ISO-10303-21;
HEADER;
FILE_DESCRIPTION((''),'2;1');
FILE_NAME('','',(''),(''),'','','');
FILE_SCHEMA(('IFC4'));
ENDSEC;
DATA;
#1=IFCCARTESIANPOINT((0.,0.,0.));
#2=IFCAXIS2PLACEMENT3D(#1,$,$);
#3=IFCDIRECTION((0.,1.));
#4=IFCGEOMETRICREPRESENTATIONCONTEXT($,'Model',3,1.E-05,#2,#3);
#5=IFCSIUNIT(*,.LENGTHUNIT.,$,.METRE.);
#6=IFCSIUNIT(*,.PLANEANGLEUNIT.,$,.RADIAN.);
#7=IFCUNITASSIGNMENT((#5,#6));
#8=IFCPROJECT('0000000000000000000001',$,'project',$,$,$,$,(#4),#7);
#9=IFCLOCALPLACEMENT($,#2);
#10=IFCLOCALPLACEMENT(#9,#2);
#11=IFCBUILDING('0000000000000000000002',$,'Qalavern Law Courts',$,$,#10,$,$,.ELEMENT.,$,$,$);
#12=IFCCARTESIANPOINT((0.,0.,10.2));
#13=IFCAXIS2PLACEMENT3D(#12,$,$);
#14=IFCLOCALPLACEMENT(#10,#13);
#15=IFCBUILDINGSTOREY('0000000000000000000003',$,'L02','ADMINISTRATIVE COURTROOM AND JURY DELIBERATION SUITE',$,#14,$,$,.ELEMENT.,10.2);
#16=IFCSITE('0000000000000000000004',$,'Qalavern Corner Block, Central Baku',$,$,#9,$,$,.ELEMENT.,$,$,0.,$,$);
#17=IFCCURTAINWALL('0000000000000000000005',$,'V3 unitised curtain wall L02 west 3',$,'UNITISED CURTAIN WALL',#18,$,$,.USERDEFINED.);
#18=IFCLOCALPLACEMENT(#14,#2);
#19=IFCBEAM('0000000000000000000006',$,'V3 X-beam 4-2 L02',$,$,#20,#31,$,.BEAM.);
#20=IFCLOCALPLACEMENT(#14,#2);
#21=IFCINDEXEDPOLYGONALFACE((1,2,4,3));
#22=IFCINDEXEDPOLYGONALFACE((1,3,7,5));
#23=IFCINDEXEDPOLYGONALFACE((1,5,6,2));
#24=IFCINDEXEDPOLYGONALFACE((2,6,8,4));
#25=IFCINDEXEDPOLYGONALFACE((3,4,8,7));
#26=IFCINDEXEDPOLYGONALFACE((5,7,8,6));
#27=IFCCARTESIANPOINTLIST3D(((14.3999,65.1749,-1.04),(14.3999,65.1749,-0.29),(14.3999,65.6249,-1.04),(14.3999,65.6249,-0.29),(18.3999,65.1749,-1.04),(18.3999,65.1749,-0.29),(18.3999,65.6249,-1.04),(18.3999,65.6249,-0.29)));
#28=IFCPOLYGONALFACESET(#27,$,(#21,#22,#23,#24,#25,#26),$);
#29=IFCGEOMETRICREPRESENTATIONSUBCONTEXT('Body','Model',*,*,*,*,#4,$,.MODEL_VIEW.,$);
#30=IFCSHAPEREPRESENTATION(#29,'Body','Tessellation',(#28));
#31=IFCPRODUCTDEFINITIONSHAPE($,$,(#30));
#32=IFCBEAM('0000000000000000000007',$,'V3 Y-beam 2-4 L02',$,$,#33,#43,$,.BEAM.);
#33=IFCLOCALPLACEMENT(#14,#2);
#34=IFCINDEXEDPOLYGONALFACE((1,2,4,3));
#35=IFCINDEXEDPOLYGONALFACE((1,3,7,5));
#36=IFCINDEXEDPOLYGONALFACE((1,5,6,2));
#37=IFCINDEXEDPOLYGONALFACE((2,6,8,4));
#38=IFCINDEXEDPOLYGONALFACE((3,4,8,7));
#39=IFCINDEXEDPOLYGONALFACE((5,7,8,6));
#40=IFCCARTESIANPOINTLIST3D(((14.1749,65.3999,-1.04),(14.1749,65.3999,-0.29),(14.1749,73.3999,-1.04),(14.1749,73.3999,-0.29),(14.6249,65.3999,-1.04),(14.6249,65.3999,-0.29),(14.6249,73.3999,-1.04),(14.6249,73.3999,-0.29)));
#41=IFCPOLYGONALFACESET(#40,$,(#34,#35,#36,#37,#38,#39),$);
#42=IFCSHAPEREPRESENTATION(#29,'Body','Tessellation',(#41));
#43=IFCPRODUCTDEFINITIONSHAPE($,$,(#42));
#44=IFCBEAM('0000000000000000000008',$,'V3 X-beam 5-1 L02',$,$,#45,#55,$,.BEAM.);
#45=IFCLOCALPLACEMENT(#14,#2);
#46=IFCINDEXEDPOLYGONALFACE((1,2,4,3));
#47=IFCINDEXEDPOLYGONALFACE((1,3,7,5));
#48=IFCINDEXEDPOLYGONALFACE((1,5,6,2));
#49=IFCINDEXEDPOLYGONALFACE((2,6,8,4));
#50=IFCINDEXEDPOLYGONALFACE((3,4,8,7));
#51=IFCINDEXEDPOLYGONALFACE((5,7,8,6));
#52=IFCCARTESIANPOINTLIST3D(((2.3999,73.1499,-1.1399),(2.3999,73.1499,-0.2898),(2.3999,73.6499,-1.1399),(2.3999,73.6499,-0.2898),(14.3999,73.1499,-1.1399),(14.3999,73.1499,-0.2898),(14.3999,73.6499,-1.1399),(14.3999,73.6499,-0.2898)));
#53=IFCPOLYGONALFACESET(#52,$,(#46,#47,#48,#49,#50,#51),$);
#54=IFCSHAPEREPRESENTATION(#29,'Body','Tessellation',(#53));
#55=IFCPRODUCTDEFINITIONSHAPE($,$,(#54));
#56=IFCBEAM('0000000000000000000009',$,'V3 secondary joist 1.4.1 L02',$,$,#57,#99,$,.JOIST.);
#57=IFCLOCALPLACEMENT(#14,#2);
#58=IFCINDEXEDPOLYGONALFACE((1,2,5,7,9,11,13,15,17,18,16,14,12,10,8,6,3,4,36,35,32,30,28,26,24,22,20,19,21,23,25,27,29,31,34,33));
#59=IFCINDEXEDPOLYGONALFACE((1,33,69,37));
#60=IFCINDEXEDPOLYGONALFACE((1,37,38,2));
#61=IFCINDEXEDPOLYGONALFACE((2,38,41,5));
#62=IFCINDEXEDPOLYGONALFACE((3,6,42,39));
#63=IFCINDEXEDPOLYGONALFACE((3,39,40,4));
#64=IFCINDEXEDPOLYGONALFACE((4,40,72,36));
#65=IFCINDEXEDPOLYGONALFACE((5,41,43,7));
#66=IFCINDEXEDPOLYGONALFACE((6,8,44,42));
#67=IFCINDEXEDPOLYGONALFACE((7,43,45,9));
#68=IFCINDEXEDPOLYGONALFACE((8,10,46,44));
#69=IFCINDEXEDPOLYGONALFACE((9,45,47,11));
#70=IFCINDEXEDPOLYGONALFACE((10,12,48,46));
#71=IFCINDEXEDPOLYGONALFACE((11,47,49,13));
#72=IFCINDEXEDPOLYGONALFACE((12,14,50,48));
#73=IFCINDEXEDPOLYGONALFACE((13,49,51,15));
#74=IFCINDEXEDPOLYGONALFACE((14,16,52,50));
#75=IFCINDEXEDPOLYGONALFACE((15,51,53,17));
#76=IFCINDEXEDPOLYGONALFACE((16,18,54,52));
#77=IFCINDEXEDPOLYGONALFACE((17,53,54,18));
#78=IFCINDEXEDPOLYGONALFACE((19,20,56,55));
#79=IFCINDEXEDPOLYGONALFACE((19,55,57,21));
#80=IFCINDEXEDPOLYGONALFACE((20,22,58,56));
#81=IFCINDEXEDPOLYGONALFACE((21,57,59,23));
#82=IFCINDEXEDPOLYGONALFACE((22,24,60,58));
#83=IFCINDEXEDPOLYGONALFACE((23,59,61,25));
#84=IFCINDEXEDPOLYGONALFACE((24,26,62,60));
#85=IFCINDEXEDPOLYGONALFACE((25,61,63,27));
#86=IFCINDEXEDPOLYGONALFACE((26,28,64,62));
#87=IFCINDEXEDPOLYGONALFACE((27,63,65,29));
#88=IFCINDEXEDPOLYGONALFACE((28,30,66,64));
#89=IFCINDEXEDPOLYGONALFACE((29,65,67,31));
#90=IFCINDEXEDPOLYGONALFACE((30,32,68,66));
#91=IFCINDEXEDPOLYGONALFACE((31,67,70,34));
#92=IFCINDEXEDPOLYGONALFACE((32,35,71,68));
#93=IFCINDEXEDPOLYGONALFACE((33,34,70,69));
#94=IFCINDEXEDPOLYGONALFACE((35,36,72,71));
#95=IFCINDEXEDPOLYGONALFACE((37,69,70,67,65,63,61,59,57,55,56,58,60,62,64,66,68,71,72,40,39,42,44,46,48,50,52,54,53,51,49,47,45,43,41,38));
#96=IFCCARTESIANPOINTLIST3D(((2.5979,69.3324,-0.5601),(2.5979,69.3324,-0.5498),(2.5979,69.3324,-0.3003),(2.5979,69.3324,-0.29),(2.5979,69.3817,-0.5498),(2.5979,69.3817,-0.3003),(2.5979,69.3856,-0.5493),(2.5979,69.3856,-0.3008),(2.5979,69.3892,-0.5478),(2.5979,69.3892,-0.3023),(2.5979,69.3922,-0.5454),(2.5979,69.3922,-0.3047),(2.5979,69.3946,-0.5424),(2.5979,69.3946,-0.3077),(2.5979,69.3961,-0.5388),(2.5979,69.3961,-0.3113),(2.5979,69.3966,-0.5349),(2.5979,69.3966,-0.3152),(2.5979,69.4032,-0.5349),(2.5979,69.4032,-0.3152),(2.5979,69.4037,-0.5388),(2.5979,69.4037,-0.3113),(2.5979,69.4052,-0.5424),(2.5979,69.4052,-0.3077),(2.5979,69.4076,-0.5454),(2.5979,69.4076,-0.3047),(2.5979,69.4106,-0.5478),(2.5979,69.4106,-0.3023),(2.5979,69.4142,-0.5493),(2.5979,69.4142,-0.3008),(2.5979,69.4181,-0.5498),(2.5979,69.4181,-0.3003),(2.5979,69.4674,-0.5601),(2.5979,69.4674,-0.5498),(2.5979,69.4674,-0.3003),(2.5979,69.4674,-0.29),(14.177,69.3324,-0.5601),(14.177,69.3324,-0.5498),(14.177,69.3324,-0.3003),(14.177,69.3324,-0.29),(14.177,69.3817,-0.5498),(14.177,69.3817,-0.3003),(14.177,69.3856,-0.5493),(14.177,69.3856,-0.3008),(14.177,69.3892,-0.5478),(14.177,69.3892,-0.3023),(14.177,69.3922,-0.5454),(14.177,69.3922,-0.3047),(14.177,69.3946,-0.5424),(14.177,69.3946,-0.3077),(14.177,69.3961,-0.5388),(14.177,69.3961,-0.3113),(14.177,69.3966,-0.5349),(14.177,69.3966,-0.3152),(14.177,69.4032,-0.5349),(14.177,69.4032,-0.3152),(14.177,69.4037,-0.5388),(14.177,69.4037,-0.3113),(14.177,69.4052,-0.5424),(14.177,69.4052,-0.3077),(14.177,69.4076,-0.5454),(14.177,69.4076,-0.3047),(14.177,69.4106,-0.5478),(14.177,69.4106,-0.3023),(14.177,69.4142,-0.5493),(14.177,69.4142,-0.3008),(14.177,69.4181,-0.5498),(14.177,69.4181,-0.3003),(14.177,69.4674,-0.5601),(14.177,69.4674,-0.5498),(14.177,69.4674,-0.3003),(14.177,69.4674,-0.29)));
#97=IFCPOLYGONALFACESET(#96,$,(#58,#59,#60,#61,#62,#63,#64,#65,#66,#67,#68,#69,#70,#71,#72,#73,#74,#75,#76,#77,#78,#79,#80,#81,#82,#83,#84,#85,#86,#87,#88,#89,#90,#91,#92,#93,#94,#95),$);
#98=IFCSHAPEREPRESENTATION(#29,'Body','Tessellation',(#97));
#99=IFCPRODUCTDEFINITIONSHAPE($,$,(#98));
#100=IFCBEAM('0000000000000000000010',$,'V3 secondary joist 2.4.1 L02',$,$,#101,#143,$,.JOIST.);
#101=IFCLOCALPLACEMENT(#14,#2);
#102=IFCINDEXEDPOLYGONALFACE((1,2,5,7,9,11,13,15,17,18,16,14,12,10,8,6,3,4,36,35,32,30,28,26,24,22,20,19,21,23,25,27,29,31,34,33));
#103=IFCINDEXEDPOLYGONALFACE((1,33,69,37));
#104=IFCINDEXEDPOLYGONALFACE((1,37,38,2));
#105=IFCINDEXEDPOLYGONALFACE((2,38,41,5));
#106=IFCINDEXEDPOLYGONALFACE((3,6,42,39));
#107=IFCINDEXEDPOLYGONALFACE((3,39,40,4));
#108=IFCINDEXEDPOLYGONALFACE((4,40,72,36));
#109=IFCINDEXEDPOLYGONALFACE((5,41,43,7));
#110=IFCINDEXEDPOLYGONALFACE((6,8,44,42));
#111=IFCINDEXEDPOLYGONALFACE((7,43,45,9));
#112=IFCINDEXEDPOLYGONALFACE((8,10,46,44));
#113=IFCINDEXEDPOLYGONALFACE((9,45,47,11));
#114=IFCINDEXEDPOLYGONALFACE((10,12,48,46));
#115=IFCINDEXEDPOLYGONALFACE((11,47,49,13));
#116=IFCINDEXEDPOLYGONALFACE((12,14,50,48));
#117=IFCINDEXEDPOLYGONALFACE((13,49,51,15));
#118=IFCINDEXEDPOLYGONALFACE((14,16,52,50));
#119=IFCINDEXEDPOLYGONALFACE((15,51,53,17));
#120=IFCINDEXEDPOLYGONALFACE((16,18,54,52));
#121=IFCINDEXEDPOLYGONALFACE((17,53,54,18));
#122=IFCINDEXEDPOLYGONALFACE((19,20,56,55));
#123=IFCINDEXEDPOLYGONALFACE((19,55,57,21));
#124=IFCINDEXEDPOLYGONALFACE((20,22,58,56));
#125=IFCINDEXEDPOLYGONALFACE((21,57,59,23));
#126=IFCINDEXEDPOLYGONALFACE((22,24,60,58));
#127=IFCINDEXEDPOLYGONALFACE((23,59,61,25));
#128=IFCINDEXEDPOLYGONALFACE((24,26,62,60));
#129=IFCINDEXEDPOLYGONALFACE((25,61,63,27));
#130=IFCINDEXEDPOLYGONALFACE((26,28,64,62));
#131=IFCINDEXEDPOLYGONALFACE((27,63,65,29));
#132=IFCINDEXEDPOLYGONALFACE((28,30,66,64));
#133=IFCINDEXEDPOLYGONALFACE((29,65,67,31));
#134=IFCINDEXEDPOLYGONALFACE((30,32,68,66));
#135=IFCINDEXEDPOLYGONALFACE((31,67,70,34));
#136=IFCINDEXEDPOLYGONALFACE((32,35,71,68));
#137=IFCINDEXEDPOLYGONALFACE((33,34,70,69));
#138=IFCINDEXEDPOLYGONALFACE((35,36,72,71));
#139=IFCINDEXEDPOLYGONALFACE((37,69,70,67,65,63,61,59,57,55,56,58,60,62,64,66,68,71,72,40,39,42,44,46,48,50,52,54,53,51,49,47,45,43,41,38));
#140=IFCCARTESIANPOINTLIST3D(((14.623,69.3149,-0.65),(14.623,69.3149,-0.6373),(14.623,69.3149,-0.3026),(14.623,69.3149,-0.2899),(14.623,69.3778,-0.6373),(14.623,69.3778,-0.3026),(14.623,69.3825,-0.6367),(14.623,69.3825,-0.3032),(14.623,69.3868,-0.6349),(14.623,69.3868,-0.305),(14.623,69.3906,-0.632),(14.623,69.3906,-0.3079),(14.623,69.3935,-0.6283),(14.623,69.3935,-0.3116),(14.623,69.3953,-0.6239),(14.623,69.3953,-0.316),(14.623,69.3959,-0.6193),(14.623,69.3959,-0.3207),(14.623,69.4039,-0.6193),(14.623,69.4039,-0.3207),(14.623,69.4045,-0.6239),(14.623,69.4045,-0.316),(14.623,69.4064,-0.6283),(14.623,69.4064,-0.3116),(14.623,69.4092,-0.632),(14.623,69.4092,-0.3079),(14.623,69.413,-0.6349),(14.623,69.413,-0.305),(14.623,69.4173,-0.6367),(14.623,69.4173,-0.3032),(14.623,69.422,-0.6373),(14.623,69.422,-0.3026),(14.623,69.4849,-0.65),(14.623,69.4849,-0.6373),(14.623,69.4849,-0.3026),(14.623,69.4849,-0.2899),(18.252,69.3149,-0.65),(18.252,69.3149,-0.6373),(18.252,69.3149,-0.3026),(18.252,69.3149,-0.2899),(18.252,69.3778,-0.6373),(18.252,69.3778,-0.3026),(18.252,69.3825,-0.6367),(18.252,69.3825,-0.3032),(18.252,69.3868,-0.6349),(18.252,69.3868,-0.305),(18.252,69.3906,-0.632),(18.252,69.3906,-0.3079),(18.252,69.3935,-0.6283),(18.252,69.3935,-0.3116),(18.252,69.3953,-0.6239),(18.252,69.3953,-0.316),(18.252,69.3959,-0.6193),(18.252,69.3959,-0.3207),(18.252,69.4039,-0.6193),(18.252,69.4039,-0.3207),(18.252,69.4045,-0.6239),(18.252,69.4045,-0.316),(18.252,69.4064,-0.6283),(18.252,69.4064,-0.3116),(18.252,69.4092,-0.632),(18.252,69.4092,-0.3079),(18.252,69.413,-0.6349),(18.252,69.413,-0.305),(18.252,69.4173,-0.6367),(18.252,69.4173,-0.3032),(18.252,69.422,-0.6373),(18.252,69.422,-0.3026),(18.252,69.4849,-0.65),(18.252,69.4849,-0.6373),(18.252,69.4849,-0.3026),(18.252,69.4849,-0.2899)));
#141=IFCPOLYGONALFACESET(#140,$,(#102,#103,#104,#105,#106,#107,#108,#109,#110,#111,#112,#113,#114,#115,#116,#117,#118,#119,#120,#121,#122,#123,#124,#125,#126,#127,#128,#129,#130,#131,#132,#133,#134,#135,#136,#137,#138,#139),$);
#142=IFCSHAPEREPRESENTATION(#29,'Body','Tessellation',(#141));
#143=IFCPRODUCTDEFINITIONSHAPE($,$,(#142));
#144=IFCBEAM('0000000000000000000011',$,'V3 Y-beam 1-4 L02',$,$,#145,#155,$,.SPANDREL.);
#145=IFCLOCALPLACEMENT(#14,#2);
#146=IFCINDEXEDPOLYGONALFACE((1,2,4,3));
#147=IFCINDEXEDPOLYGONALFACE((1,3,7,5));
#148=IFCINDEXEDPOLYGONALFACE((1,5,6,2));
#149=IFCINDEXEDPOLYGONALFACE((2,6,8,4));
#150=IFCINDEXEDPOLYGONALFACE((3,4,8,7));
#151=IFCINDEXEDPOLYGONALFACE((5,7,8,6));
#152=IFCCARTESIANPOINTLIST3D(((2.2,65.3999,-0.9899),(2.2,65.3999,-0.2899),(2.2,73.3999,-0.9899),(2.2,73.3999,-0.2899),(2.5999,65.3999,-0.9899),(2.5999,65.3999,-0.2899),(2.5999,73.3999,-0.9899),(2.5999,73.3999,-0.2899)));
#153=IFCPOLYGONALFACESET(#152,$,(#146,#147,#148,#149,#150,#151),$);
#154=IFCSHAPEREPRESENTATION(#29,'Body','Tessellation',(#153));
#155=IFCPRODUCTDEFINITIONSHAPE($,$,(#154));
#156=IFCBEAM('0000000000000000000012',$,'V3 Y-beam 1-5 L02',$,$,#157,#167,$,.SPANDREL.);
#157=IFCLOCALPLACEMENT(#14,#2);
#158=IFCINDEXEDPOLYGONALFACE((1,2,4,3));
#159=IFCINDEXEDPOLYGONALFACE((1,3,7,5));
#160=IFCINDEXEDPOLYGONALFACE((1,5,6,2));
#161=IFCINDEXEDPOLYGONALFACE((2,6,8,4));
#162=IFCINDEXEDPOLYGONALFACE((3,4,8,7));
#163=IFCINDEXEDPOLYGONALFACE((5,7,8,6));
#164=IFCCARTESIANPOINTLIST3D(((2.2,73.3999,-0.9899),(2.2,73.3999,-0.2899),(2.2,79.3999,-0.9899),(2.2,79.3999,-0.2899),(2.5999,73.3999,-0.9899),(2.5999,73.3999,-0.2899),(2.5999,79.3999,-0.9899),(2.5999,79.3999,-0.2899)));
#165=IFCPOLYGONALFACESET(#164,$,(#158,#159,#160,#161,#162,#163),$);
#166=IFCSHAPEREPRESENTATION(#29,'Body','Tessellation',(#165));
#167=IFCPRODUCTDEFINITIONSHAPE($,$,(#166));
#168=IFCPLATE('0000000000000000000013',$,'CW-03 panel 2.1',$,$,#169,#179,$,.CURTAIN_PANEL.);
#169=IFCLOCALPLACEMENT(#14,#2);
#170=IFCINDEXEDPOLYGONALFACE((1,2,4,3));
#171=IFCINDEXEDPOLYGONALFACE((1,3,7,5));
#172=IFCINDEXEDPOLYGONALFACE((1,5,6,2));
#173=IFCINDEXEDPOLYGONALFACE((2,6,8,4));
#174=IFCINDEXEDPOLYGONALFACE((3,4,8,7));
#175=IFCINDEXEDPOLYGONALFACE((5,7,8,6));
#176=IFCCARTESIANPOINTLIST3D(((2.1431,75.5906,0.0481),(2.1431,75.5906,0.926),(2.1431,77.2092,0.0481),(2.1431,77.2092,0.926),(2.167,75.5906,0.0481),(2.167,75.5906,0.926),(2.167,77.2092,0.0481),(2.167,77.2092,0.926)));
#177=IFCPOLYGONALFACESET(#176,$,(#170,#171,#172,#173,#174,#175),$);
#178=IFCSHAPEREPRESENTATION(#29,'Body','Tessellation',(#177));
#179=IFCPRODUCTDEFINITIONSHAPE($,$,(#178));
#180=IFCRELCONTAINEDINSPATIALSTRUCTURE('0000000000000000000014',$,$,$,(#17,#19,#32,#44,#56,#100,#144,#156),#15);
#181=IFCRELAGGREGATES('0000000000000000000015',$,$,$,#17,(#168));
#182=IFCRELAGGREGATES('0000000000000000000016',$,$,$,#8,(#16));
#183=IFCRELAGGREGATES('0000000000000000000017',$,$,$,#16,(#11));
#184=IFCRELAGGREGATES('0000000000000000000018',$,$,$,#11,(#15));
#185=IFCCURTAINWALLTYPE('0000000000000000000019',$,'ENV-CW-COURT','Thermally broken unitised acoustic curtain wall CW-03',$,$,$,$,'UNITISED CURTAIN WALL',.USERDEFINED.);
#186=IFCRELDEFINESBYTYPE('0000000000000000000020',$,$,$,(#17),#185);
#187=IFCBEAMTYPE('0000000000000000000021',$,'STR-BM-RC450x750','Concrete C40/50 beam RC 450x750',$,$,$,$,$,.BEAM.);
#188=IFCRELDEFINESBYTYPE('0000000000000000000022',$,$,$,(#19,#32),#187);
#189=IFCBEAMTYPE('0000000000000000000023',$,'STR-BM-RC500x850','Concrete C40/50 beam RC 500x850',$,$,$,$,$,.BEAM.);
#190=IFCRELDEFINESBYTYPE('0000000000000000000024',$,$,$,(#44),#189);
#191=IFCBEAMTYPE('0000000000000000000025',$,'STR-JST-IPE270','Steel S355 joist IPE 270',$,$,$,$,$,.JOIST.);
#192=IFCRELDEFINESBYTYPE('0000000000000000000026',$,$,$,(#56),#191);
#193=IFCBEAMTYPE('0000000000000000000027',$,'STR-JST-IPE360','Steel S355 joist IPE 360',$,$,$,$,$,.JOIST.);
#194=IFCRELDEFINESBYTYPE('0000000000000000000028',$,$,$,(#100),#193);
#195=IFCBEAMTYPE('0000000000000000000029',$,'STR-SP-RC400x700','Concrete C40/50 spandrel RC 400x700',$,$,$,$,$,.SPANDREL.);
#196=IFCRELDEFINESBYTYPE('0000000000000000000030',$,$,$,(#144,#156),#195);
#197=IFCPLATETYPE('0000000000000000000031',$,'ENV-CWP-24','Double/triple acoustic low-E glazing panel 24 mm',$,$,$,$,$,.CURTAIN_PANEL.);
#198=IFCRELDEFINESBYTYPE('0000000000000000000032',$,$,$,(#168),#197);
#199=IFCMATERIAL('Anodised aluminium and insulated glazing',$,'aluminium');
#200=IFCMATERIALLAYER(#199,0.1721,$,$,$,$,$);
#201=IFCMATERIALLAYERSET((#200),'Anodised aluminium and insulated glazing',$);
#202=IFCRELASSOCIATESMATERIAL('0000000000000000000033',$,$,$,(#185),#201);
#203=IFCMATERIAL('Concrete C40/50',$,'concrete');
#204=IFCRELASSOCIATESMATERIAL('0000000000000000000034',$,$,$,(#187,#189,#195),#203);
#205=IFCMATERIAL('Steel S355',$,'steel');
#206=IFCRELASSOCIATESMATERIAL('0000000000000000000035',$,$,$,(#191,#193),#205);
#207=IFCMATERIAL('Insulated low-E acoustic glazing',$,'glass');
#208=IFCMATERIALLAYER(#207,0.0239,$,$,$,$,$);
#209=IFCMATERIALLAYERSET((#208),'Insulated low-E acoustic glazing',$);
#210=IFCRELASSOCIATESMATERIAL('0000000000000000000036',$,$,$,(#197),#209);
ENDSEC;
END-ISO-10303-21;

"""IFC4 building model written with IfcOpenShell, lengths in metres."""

from ifc_helpers import new_model, si_unit, direction, frame, origin, origin_2d, place, context, subcontext, project, spatial, rectangle, i_section, extrude, material, layer, layer_set, material_profile, profile_set, type_object, element, aggregate, save


model = new_model("IFC4")

# Units and contexts
model_context = context("Model", 3, precision=1e-05, world=origin(), true_north=direction((0.0, 1.0)))
body_context = subcontext(model_context, "Body", "Model", "MODEL_VIEW")
ifc_project = project(units=[si_unit("LENGTHUNIT", "METRE"), si_unit("PLANEANGLEUNIT", "RADIAN")], contexts=[model_context])

# Site, building, storey
site_placement = place(None, origin())
site = spatial("IfcSite", under=ifc_project, at=site_placement, Name="Qalavern Corner Block, Central Baku", CompositionType="ELEMENT", RefElevation=0.0)
building_placement = place(site_placement, origin())
building = spatial("IfcBuilding", under=site, at=building_placement, Name="Qalavern Law Courts", CompositionType="ELEMENT")
storey_placement = place(building_placement, frame((0.0, 0.0, 10.2)))
storey = spatial("IfcBuildingStorey", under=building, at=storey_placement, Name="L02", Description="ADMINISTRATIVE COURTROOM AND JURY DELIBERATION SUITE", CompositionType="ELEMENT", Elevation=10.2)

# Curtain wall
ifc_material_1 = material(Name="Anodised aluminium and insulated glazing", Category="aluminium")
ifc_layer_1 = layer(ifc_material_1, 0.1721)
ifc_layer_set_1 = layer_set([ifc_layer_1], Name="Anodised aluminium and insulated glazing")
curtain_wall_type = type_object("IfcCurtainWallType", Name="ENV-CW-COURT", Description="Thermally broken unitised acoustic curtain wall CW-03", ElementType="UNITISED CURTAIN WALL", PredefinedType="USERDEFINED", material=ifc_layer_set_1)
curtain_wall_placement = place(storey_placement, origin())
curtain_wall = element("IfcCurtainWall", 1, at=curtain_wall_placement, inside=storey, type_object=curtain_wall_type, Name="V3 unitised curtain wall L02 west 3", ObjectType="UNITISED CURTAIN WALL", PredefinedType="USERDEFINED")

# Beams
ifc_material_2 = material(Name="Steel S355", Category="steel")
ifc_material_3 = material(Name="Concrete C40/50", Category="concrete")
ifc_material_profile_1 = material_profile(ifc_material_3, rectangle(XDim=0.45, YDim=0.75, at=origin_2d()), Name="RC 450x750")
ifc_profile_set_1 = profile_set([ifc_material_profile_1], Name="Concrete C40/50")
beam_type_1 = type_object("IfcBeamType", Name="STR-BM-RC450x750", Description="Concrete C40/50 beam RC 450x750", PredefinedType="BEAM", material=ifc_profile_set_1)
beam_1_placement = place(storey_placement, frame((14.3999, 65.3999, -0.665), z_axis=(1.0, 0.0, 0.0), x_axis=(0.0, 1.0, 0.0)))
element("IfcBeam", 2, at=beam_1_placement, inside=storey, type_object=beam_type_1, Name="V3 X-beam 4-2 L02", PredefinedType="BEAM", context=body_context, shape_type="SweptSolid", body=[
    extrude(rectangle(XDim=0.45, YDim=0.75, at=origin_2d()), origin(), (0.0, 0.0, 1.0), 4.0),
])
beam_2_placement = place(storey_placement, frame((14.3999, 65.3999, -0.665), z_axis=(0.0, 1.0, 0.0), x_axis=(-1.0, 0.0, 0.0)))
element("IfcBeam", 3, at=beam_2_placement, inside=storey, type_object=beam_type_1, Name="V3 Y-beam 2-4 L02", PredefinedType="BEAM", context=body_context, shape_type="SweptSolid", body=[
    extrude(rectangle(XDim=0.45, YDim=0.75, at=origin_2d()), origin(), (0.0, 0.0, 1.0), 8.0),
])
ifc_material_profile_2 = material_profile(ifc_material_3, rectangle(XDim=0.5, YDim=0.8501, at=origin_2d()), Name="RC 500x850")
ifc_profile_set_2 = profile_set([ifc_material_profile_2], Name="Concrete C40/50")
beam_type_2 = type_object("IfcBeamType", Name="STR-BM-RC500x850", Description="Concrete C40/50 beam RC 500x850", PredefinedType="BEAM", material=ifc_profile_set_2)
beam_3_placement = place(storey_placement, frame((2.3999, 73.3999, -0.7148), z_axis=(1.0, 0.0, 0.0), x_axis=(0.0, 1.0, 0.0)))
element("IfcBeam", 4, at=beam_3_placement, inside=storey, type_object=beam_type_2, Name="V3 X-beam 5-1 L02", PredefinedType="BEAM", context=body_context, shape_type="SweptSolid", body=[
    extrude(rectangle(XDim=0.5, YDim=0.8501, at=origin_2d()), origin(), (0.0, 0.0, 1.0), 12.0),
])
ifc_material_profile_3 = material_profile(ifc_material_2, i_section(OverallWidth=0.135, OverallDepth=0.27, WebThickness=0.0066, FlangeThickness=0.0103, FilletRadius=0.0149, at=origin_2d()), Name="IPE 270")
ifc_profile_set_3 = profile_set([ifc_material_profile_3], Name="Steel S355")
beam_type_3 = type_object("IfcBeamType", Name="STR-JST-IPE270", Description="Steel S355 joist IPE 270", PredefinedType="JOIST", material=ifc_profile_set_3)
beam_4_placement = place(storey_placement, frame((2.5979, 69.3999, -0.425), z_axis=(1.0, 0.0, 0.0), x_axis=(0.0, 1.0, 0.0)))
element("IfcBeam", 5, at=beam_4_placement, inside=storey, type_object=beam_type_3, Name="V3 secondary joist 1.4.1 L02", PredefinedType="JOIST", context=body_context, shape_type="SweptSolid", body=[
    extrude(i_section(OverallWidth=0.135, OverallDepth=0.27, WebThickness=0.0066, FlangeThickness=0.0103, FilletRadius=0.0149, at=origin_2d()), origin(), (0.0, 0.0, 1.0), 11.5791),
])
ifc_material_profile_4 = material_profile(ifc_material_2, i_section(OverallWidth=0.1699, OverallDepth=0.3601, WebThickness=0.0081, FlangeThickness=0.0127, FilletRadius=0.0181, at=origin_2d()), Name="IPE 360")
ifc_profile_set_4 = profile_set([ifc_material_profile_4], Name="Steel S355")
beam_type_4 = type_object("IfcBeamType", Name="STR-JST-IPE360", Description="Steel S355 joist IPE 360", PredefinedType="JOIST", material=ifc_profile_set_4)
beam_5_placement = place(storey_placement, frame((14.623, 69.3999, -0.47), z_axis=(1.0, 0.0, 0.0), x_axis=(0.0, 1.0, 0.0)))
element("IfcBeam", 6, at=beam_5_placement, inside=storey, type_object=beam_type_4, Name="V3 secondary joist 2.4.1 L02", PredefinedType="JOIST", context=body_context, shape_type="SweptSolid", body=[
    extrude(i_section(OverallWidth=0.1699, OverallDepth=0.3601, WebThickness=0.0081, FlangeThickness=0.0127, FilletRadius=0.0181, at=origin_2d()), origin(), (0.0, 0.0, 1.0), 3.6289),
])
ifc_material_profile_5 = material_profile(ifc_material_3, rectangle(XDim=0.3999, YDim=0.7, at=origin_2d()), Name="RC 400x700")
ifc_profile_set_5 = profile_set([ifc_material_profile_5], Name="Concrete C40/50")
beam_type_5 = type_object("IfcBeamType", Name="STR-SP-RC400x700", Description="Concrete C40/50 spandrel RC 400x700", PredefinedType="SPANDREL", material=ifc_profile_set_5)
beam_6_placement = place(storey_placement, frame((2.3999, 65.3999, -0.6399), z_axis=(0.0, 1.0, 0.0), x_axis=(-1.0, 0.0, 0.0)))
element("IfcBeam", 7, at=beam_6_placement, inside=storey, type_object=beam_type_5, Name="V3 Y-beam 1-4 L02", PredefinedType="SPANDREL", context=body_context, shape_type="SweptSolid", body=[
    extrude(rectangle(XDim=0.3999, YDim=0.7, at=origin_2d()), origin(), (0.0, 0.0, 1.0), 8.0),
])
beam_7_placement = place(storey_placement, frame((2.3999, 73.3999, -0.6399), z_axis=(0.0, 1.0, 0.0), x_axis=(-1.0, 0.0, 0.0)))
element("IfcBeam", 8, at=beam_7_placement, inside=storey, type_object=beam_type_5, Name="V3 Y-beam 1-5 L02", PredefinedType="SPANDREL", context=body_context, shape_type="SweptSolid", body=[
    extrude(rectangle(XDim=0.3999, YDim=0.7, at=origin_2d()), origin(), (0.0, 0.0, 1.0), 6.0),
])

# Plate
ifc_material_4 = material(Name="Insulated low-E acoustic glazing", Category="glass")
ifc_layer_2 = layer(ifc_material_4, 0.0239)
ifc_layer_set_2 = layer_set([ifc_layer_2], Name="Insulated low-E acoustic glazing")
plate_type = type_object("IfcPlateType", Name="ENV-CWP-24", Description="Double/triple acoustic low-E glazing panel 24 mm", PredefinedType="CURTAIN_PANEL", material=ifc_layer_set_2)
plate_1_placement = place(storey_placement, frame((2.155, 76.3999, 0.0481), z_axis=(0.0, 0.0, 1.0), x_axis=(0.0, -1.0, 0.0)))
plate_1 = element("IfcPlate", 9, at=plate_1_placement, type_object=plate_type, Name="CW-03 panel 2.1", PredefinedType="CURTAIN_PANEL", context=body_context, shape_type="SweptSolid", body=[
    extrude(rectangle(XDim=1.6187, YDim=0.0239, at=origin_2d()), origin(), (0.0, 0.0, 1.0), 0.8779),
])
aggregate(curtain_wall, [plate_1])

save(model, "model.ifc")
